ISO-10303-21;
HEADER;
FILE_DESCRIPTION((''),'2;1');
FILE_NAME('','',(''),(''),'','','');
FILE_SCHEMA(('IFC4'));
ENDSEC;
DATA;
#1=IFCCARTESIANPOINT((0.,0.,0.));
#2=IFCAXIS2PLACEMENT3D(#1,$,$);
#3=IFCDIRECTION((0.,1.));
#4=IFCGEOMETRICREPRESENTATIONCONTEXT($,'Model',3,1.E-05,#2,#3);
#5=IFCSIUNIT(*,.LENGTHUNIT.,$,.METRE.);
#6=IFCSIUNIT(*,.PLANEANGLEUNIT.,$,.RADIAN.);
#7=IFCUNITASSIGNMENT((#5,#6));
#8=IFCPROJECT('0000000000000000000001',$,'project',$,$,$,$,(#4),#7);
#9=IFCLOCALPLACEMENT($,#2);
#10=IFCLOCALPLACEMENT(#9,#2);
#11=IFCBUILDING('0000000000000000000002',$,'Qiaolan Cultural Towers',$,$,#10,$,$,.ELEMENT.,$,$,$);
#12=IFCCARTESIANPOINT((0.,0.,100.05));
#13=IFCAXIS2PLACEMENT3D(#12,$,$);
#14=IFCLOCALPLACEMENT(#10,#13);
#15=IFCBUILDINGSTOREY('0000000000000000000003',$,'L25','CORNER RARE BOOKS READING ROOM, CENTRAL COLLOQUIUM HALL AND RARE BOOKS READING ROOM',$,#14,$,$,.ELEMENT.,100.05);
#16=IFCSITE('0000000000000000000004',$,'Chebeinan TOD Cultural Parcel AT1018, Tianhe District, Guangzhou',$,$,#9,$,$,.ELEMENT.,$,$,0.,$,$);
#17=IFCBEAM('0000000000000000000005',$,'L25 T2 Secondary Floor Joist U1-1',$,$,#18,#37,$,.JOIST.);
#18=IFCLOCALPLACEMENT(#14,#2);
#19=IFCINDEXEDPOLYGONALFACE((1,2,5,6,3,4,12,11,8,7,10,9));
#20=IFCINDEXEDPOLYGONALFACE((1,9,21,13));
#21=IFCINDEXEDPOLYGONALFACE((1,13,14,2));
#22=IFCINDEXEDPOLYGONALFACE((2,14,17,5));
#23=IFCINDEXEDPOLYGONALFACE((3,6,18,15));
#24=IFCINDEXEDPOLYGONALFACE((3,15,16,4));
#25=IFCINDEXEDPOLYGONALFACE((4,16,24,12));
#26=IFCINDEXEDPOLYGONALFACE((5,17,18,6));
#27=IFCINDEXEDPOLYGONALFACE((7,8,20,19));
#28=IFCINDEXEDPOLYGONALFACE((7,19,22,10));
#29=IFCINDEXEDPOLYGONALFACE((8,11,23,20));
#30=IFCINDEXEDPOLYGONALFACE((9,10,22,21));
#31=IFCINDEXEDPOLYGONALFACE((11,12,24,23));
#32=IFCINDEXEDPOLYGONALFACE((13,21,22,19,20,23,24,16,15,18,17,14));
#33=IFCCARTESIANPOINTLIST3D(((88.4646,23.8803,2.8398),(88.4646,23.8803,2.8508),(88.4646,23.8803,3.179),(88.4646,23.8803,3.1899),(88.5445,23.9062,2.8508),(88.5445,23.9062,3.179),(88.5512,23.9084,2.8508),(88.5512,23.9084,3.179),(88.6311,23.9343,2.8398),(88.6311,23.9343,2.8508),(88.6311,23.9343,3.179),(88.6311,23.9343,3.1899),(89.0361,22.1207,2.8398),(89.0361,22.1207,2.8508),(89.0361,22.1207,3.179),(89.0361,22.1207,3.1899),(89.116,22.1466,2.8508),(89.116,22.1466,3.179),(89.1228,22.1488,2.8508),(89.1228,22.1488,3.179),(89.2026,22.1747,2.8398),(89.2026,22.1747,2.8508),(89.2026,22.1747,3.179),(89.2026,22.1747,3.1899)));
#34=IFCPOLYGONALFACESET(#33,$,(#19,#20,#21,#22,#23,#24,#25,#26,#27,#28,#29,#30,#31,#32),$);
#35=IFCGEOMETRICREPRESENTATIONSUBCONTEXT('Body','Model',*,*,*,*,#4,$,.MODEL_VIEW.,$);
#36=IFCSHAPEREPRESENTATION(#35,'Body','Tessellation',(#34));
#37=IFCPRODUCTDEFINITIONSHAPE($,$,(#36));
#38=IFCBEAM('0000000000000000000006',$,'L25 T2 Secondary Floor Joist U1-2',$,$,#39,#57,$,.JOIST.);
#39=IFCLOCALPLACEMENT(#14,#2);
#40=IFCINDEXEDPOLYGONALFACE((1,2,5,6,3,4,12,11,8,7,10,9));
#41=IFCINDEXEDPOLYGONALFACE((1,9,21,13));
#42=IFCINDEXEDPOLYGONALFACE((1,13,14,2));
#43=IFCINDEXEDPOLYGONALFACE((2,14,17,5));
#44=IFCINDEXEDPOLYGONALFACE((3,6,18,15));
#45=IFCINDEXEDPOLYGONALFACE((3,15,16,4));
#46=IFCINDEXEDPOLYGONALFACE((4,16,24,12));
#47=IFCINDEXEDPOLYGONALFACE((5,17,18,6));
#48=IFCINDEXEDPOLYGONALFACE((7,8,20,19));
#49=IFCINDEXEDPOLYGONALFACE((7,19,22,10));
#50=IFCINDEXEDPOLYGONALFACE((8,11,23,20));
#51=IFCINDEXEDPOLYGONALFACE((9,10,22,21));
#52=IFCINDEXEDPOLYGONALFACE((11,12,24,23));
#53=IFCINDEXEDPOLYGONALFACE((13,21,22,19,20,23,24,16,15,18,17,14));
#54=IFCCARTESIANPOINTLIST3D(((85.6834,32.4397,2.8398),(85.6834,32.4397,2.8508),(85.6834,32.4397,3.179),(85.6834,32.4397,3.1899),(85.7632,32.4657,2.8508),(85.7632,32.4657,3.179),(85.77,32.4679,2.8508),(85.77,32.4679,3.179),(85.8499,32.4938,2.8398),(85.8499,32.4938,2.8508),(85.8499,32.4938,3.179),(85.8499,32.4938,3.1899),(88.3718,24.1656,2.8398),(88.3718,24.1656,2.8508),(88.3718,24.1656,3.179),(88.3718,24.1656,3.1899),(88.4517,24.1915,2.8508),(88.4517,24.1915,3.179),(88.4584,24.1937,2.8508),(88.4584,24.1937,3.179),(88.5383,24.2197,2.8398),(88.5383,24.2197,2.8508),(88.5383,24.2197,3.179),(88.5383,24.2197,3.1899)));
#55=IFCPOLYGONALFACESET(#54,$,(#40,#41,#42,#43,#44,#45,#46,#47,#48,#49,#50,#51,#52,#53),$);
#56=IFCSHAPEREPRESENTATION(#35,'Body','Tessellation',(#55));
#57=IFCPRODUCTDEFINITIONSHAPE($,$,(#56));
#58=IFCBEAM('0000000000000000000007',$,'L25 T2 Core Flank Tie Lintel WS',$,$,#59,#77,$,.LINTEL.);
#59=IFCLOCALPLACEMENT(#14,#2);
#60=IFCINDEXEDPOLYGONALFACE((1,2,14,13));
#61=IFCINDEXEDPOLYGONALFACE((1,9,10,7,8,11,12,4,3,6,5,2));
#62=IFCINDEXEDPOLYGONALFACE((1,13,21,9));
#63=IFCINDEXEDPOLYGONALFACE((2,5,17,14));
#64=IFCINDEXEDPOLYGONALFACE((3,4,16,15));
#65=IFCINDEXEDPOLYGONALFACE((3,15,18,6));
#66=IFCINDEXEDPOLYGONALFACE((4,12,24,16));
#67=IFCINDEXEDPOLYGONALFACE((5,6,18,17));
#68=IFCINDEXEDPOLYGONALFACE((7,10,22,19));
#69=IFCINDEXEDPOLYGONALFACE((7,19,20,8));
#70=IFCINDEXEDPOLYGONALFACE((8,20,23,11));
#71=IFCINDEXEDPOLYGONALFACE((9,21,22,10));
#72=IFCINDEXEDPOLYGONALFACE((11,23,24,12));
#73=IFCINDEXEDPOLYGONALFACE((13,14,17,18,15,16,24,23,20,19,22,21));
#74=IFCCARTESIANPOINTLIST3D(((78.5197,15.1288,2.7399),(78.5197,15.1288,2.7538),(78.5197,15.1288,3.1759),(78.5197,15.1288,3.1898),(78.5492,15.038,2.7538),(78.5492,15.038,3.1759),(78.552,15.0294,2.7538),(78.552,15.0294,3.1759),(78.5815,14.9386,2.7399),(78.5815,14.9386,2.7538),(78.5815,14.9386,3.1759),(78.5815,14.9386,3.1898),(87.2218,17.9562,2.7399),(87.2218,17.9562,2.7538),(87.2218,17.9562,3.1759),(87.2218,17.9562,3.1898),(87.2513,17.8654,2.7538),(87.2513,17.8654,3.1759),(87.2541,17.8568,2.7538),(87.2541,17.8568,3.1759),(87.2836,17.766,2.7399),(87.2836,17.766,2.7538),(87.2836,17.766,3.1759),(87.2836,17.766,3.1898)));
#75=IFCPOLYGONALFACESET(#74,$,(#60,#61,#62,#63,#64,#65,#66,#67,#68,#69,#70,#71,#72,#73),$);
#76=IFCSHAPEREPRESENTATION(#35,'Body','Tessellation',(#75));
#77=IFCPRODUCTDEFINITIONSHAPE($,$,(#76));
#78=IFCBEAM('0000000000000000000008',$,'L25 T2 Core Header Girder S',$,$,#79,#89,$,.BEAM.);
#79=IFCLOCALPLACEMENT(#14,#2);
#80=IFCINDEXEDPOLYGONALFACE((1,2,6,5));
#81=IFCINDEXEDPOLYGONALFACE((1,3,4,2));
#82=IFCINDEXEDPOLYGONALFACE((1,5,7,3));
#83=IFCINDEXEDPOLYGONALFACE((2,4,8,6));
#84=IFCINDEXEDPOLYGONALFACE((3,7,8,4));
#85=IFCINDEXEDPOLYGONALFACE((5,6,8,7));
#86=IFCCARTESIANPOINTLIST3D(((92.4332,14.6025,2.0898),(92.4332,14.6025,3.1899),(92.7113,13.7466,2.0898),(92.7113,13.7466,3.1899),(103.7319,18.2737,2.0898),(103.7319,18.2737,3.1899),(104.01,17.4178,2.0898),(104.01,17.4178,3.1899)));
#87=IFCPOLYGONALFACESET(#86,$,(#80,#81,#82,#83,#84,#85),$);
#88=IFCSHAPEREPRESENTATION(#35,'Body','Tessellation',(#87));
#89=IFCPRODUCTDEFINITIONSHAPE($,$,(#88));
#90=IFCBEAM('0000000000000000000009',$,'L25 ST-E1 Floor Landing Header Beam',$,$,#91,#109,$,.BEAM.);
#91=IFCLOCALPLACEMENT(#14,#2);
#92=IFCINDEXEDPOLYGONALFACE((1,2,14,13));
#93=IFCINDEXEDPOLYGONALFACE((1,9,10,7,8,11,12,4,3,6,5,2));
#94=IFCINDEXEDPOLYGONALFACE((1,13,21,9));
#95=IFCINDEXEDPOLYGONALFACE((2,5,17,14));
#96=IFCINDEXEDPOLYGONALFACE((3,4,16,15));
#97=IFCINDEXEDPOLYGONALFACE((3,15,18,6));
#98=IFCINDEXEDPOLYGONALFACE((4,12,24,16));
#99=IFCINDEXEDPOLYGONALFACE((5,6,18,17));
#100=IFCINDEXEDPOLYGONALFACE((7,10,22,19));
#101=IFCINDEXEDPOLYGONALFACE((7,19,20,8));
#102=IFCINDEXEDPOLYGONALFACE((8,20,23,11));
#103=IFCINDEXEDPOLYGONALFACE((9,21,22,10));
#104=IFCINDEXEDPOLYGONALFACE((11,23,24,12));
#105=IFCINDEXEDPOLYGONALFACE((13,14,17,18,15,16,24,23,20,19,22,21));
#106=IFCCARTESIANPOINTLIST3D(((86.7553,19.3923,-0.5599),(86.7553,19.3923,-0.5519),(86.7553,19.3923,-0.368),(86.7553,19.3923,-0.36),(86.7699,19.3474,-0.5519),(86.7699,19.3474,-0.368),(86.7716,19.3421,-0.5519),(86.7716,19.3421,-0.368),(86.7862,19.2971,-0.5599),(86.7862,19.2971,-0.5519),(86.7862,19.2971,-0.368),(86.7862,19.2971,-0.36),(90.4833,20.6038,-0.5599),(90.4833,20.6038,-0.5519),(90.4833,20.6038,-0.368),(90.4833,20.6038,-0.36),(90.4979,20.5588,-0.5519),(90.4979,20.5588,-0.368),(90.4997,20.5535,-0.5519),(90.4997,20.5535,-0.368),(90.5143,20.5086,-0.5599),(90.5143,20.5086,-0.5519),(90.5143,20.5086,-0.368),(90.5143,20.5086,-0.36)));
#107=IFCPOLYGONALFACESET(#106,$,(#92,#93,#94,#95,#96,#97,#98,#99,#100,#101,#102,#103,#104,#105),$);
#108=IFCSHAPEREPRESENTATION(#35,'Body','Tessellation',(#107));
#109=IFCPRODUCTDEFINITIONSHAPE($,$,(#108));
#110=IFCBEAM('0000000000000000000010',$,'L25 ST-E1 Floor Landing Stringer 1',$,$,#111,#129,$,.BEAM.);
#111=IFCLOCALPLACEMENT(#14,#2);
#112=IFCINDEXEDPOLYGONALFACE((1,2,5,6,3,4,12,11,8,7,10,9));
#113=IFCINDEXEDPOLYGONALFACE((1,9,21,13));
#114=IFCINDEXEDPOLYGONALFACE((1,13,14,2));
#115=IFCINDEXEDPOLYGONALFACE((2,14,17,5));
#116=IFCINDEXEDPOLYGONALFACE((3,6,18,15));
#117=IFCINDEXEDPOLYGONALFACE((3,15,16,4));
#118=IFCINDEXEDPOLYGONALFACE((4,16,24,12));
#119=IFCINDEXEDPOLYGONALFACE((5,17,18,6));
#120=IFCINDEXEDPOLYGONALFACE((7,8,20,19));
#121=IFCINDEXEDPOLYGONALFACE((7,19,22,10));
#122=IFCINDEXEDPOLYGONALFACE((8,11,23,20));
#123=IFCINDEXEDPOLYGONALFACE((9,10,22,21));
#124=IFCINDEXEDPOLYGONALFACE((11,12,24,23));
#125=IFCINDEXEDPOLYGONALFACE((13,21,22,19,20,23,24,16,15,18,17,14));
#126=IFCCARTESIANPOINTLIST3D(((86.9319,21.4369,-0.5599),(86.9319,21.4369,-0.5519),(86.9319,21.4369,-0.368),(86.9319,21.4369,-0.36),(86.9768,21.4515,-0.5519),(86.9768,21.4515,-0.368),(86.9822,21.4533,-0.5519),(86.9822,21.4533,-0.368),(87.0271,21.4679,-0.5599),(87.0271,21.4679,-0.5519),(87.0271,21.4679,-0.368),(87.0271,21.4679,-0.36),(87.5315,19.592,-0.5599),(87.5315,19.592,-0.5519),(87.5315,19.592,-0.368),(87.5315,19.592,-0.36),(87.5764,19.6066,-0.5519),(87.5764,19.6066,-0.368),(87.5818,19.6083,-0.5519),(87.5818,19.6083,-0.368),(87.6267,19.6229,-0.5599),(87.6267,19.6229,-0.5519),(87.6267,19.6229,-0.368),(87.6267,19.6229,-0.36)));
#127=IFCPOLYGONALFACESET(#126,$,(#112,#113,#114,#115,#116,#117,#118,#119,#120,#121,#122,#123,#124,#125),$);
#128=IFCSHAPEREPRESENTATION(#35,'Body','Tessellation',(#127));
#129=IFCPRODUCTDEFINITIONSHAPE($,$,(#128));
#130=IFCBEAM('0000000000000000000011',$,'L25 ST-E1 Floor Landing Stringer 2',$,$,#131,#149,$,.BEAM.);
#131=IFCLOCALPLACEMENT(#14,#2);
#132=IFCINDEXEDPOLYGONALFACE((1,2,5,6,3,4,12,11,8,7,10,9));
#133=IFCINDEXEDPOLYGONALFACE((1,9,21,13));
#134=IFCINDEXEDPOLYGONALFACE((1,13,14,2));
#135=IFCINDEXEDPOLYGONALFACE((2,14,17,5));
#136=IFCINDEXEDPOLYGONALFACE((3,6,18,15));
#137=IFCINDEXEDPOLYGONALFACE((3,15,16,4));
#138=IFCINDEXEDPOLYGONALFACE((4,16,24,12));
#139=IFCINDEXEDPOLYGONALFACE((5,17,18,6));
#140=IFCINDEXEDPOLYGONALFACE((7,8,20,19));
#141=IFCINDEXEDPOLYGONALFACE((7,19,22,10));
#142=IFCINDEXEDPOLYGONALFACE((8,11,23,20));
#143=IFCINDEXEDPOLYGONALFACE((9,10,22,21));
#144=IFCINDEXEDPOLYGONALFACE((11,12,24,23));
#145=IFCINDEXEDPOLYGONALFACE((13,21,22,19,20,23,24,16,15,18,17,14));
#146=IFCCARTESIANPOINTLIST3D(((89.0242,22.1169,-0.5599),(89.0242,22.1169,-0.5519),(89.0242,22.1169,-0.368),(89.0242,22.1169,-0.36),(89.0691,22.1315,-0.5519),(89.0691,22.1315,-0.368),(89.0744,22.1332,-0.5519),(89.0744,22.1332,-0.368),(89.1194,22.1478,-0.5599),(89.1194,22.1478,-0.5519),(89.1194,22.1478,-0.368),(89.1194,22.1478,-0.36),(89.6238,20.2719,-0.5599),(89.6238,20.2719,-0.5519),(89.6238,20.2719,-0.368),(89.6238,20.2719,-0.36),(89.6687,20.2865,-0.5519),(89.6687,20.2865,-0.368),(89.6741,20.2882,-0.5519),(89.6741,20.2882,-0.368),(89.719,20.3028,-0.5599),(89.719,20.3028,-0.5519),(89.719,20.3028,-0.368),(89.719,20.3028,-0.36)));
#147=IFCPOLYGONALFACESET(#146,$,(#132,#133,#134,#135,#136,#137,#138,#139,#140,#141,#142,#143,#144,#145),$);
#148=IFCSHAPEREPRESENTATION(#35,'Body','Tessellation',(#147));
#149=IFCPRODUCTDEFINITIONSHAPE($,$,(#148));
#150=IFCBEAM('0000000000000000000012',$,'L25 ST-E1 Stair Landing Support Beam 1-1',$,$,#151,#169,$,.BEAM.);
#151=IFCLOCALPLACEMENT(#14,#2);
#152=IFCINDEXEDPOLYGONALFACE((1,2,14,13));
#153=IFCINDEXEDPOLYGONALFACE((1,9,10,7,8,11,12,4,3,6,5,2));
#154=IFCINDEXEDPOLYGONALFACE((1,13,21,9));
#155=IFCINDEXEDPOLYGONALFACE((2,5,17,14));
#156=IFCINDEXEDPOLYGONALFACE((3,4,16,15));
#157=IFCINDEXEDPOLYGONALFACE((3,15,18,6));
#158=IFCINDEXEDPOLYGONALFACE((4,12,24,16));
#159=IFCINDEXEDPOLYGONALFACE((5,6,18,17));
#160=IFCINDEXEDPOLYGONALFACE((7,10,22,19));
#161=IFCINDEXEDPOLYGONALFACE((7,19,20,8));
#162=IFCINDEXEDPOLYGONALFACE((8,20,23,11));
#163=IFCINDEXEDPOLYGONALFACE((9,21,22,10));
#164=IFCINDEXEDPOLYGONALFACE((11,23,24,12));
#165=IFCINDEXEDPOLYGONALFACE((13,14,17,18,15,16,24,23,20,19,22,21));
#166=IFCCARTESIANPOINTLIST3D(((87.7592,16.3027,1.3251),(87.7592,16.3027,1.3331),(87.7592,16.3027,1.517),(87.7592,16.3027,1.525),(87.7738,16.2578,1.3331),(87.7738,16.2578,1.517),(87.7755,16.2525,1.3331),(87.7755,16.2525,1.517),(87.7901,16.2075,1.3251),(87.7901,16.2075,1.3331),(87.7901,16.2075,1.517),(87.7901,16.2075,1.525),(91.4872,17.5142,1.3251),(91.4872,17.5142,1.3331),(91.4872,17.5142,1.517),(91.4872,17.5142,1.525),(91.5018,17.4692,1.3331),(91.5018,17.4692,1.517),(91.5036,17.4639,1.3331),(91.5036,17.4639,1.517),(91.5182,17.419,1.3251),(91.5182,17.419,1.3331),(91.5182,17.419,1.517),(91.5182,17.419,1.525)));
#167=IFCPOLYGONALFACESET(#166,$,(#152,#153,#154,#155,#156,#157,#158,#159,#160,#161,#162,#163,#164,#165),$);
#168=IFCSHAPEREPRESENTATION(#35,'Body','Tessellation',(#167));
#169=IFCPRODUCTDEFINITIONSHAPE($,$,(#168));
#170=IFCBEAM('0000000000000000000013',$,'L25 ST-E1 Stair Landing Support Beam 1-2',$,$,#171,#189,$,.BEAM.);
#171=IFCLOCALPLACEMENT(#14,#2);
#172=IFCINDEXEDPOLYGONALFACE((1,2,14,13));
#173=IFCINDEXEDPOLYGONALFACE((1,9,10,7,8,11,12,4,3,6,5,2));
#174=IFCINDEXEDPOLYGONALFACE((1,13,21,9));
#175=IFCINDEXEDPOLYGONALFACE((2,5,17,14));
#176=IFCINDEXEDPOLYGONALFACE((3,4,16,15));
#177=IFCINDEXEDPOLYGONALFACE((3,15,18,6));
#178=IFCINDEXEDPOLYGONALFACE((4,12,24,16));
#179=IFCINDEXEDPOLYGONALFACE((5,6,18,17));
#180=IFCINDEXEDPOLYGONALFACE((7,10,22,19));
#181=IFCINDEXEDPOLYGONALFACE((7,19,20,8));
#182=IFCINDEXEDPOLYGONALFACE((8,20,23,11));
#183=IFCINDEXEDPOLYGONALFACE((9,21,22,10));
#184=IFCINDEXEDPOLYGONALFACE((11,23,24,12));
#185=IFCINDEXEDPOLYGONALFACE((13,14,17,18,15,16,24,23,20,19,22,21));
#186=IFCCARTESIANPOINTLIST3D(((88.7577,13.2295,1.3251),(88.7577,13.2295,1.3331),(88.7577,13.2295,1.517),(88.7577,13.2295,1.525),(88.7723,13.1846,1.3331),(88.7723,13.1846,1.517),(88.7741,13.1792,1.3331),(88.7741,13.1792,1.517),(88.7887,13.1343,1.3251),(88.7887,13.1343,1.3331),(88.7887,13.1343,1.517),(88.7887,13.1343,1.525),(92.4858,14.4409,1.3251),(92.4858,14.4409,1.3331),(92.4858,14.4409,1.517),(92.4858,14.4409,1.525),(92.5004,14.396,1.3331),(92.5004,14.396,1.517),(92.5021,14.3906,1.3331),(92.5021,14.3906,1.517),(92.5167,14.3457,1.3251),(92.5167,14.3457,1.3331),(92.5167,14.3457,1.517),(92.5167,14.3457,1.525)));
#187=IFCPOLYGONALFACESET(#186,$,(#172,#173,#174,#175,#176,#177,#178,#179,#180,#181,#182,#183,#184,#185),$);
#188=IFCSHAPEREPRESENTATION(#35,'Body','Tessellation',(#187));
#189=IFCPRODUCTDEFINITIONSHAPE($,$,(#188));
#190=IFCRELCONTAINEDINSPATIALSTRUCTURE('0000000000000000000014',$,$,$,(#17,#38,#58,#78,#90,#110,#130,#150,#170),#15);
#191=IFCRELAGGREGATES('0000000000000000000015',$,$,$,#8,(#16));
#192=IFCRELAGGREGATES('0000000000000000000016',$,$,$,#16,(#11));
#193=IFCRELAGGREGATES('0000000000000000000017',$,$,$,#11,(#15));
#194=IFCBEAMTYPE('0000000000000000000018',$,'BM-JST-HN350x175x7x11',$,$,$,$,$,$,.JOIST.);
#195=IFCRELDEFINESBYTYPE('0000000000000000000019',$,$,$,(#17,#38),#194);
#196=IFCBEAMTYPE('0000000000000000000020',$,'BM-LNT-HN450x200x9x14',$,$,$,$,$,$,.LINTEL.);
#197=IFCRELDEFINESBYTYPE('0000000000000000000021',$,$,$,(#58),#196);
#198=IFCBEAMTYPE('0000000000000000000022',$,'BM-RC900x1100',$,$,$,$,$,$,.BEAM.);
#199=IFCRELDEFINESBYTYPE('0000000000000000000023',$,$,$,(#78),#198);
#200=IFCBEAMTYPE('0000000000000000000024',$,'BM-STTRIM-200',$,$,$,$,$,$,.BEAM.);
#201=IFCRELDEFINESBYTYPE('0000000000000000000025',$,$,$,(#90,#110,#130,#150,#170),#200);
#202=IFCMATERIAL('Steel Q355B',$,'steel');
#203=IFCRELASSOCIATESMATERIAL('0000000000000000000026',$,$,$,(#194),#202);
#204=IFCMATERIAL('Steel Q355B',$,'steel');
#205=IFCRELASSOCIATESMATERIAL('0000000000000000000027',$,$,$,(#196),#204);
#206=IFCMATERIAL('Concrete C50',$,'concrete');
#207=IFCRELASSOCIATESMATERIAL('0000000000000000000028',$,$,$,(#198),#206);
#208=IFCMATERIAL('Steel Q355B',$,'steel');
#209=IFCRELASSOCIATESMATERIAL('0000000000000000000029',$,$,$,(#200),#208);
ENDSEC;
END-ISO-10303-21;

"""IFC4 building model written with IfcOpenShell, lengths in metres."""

from ifc_helpers import new_model, si_unit, direction, frame, origin, origin_2d, place, context, subcontext, project, spatial, rectangle, i_section, extrude, material, material_profile, profile_set, type_object, element, save


model = new_model("IFC4")

# Units and contexts
model_context = context("Model", 3, precision=1e-05, world=origin(), true_north=direction((0.0, 1.0)))
body_context = subcontext(model_context, "Body", "Model", "MODEL_VIEW")
ifc_project = project(units=[si_unit("LENGTHUNIT", "METRE"), si_unit("PLANEANGLEUNIT", "RADIAN")], contexts=[model_context])

# Site, building, storey
site_placement = place(None, origin())
site = spatial("IfcSite", under=ifc_project, at=site_placement, Name="Chebeinan TOD Cultural Parcel AT1018, Tianhe District, Guangzhou", CompositionType="ELEMENT", RefElevation=0.0)
building_placement = place(site_placement, origin())
building = spatial("IfcBuilding", under=site, at=building_placement, Name="Qiaolan Cultural Towers", CompositionType="ELEMENT")
storey_placement = place(building_placement, frame((0.0, 0.0, 100.05)))
storey = spatial("IfcBuildingStorey", under=building, at=storey_placement, Name="L25", Description="CORNER RARE BOOKS READING ROOM, CENTRAL COLLOQUIUM HALL AND RARE BOOKS READING ROOM", CompositionType="ELEMENT", Elevation=100.05)

# Beams
ifc_material_1 = material(Name="Steel Q355B", Category="steel")
ifc_material_profile_1 = material_profile(ifc_material_1, i_section(OverallWidth=0.175, OverallDepth=0.3501, WebThickness=0.0071, FlangeThickness=0.011, at=origin_2d()), Name="HN350x175x7x11")
ifc_profile_set_1 = profile_set([ifc_material_profile_1], Name="Steel Q355B")
beam_type_1 = type_object("IfcBeamType", Name="BM-JST-HN350x175x7x11", PredefinedType="JOIST", material=ifc_profile_set_1)
beam_1_placement = place(storey_placement, frame((89.1194, 22.1477, 3.0149), z_axis=(-0.308934, 0.951084, 0.0), x_axis=(-0.951084, -0.308934, 0.0)))
element("IfcBeam", 1, at=beam_1_placement, inside=storey, type_object=beam_type_1, Name="L25 T2 Secondary Floor Joist U1-1", PredefinedType="JOIST", context=body_context, shape_type="SweptSolid", body=[
    extrude(i_section(OverallWidth=0.175, OverallDepth=0.3501, WebThickness=0.0071, FlangeThickness=0.011, at=origin_2d()), origin(), (0.0, 0.0, 1.0), 1.8501),
])
beam_2_placement = place(storey_placement, frame((88.4551, 24.1926, 3.0149), z_axis=(-0.309021, 0.951055, 0.0), x_axis=(-0.951055, -0.309021, 0.0)))
element("IfcBeam", 2, at=beam_2_placement, inside=storey, type_object=beam_type_1, Name="L25 T2 Secondary Floor Joist U1-2", PredefinedType="JOIST", context=body_context, shape_type="SweptSolid", body=[
    extrude(i_section(OverallWidth=0.175, OverallDepth=0.3501, WebThickness=0.0071, FlangeThickness=0.011, at=origin_2d()), origin(), (0.0, 0.0, 1.0), 8.7),
])
ifc_material_2 = material(Name="Steel Q355B", Category="steel")
ifc_material_profile_2 = material_profile(ifc_material_2, i_section(OverallWidth=0.2, OverallDepth=0.45, WebThickness=0.009, FlangeThickness=0.0139, at=origin_2d()), Name="HN450x200x9x14")
ifc_profile_set_2 = profile_set([ifc_material_profile_2], Name="Steel Q355B")
beam_type_2 = type_object("IfcBeamType", Name="BM-LNT-HN450x200x9x14", PredefinedType="LINTEL", material=ifc_profile_set_2)
beam_3_placement = place(storey_placement, frame((87.2527, 17.8611, 2.9648), z_axis=(-0.95106, -0.309006, 0.0), x_axis=(0.309006, -0.95106, 0.0)))
element("IfcBeam", 3, at=beam_3_placement, inside=storey, type_object=beam_type_2, Name="L25 T2 Core Flank Tie Lintel WS", PredefinedType="LINTEL", context=body_context, shape_type="SweptSolid", body=[
    extrude(i_section(OverallWidth=0.2, OverallDepth=0.45, WebThickness=0.009, FlangeThickness=0.0139, at=origin_2d()), origin(), (0.0, 0.0, 1.0), 9.1499),
])
ifc_material_3 = material(Name="Concrete C50", Category="concrete")
ifc_material_profile_3 = material_profile(ifc_material_3, rectangle(XDim=0.8999, YDim=1.1001, at=origin_2d()), Name="RC900x1100")
ifc_profile_set_3 = profile_set([ifc_material_profile_3], Name="Concrete C50")
beam_type_3 = type_object("IfcBeamType", Name="BM-RC900x1100", PredefinedType="BEAM", material=ifc_profile_set_3)
beam_4_placement = place(storey_placement, frame((92.5723, 14.1746, 2.6399), z_axis=(0.951056, 0.309018, 0.0), x_axis=(-0.309018, 0.951056, 0.0)))
element("IfcBeam", 4, at=beam_4_placement, inside=storey, type_object=beam_type_3, Name="L25 T2 Core Header Girder S", PredefinedType="BEAM", context=body_context, shape_type="SweptSolid", body=[
    extrude(rectangle(XDim=0.8999, YDim=1.1001, at=origin_2d()), origin(), (0.0, 0.0, 1.0), 11.8801),
])
ifc_material_4 = material(Name="Steel Q355B", Category="steel")
ifc_material_profile_4 = material_profile(ifc_material_4, i_section(OverallWidth=0.1001, OverallDepth=0.2, WebThickness=0.0056, FlangeThickness=0.0081, at=origin_2d()), Name="HN200x100x5.5x8")
ifc_profile_set_4 = profile_set([ifc_material_profile_4], Name="Steel Q355B")
beam_type_4 = type_object("IfcBeamType", Name="BM-STTRIM-200", PredefinedType="BEAM", material=ifc_profile_set_4)
beam_5_placement = place(storey_placement, frame((86.7708, 19.3447, -0.46), z_axis=(0.951048, 0.309044, 0.0), x_axis=(-0.309044, 0.951048, 0.0)))
element("IfcBeam", 5, at=beam_5_placement, inside=storey, type_object=beam_type_4, Name="L25 ST-E1 Floor Landing Header Beam", PredefinedType="BEAM", context=body_context, shape_type="SweptSolid", body=[
    extrude(i_section(OverallWidth=0.1001, OverallDepth=0.2, WebThickness=0.0056, FlangeThickness=0.0081, at=origin_2d()), origin(), (0.0, 0.0, 1.0), 3.9199),
])
for number, where, z_axis, x_axis, name in (
    (6, (86.9795, 21.4524, -0.46), (0.309083, -0.951035, 0.0), (0.951035, 0.309083, 0.0), "L25 ST-E1 Floor Landing Stringer 1"),
    (7, (89.0718, 22.1323, -0.46), (0.309083, -0.951035, 0.0), (0.951035, 0.309083, 0.0), "L25 ST-E1 Floor Landing Stringer 2"),
):
    element("IfcBeam", number, at=place(storey_placement, frame(where, z_axis=z_axis, x_axis=x_axis)), inside=storey, type_object=beam_type_4, Name=name, PredefinedType="BEAM", context=body_context, shape_type="SweptSolid", body=[
        extrude(i_section(OverallWidth=0.1001, OverallDepth=0.2, WebThickness=0.0056, FlangeThickness=0.0081, at=origin_2d()), origin(), (0.0, 0.0, 1.0), 1.9399),
    ])
for number, where, z_axis, x_axis, name in (
    (8, (87.7747, 16.2551, 1.425), (0.951048, 0.309044, 0.0), (-0.309044, 0.951048, 0.0), "L25 ST-E1 Stair Landing Support Beam 1-1"),
    (9, (88.7732, 13.1819, 1.425), (0.951048, 0.309044, 0.0), (-0.309044, 0.951048, 0.0), "L25 ST-E1 Stair Landing Support Beam 1-2"),
):
    element("IfcBeam", number, at=place(storey_placement, frame(where, z_axis=z_axis, x_axis=x_axis)), inside=storey, type_object=beam_type_4, Name=name, PredefinedType="BEAM", context=body_context, shape_type="SweptSolid", body=[
        extrude(i_section(OverallWidth=0.1001, OverallDepth=0.2, WebThickness=0.0056, FlangeThickness=0.0081, at=origin_2d()), origin(), (0.0, 0.0, 1.0), 3.9199),
    ])

save(model, "model.ifc")
